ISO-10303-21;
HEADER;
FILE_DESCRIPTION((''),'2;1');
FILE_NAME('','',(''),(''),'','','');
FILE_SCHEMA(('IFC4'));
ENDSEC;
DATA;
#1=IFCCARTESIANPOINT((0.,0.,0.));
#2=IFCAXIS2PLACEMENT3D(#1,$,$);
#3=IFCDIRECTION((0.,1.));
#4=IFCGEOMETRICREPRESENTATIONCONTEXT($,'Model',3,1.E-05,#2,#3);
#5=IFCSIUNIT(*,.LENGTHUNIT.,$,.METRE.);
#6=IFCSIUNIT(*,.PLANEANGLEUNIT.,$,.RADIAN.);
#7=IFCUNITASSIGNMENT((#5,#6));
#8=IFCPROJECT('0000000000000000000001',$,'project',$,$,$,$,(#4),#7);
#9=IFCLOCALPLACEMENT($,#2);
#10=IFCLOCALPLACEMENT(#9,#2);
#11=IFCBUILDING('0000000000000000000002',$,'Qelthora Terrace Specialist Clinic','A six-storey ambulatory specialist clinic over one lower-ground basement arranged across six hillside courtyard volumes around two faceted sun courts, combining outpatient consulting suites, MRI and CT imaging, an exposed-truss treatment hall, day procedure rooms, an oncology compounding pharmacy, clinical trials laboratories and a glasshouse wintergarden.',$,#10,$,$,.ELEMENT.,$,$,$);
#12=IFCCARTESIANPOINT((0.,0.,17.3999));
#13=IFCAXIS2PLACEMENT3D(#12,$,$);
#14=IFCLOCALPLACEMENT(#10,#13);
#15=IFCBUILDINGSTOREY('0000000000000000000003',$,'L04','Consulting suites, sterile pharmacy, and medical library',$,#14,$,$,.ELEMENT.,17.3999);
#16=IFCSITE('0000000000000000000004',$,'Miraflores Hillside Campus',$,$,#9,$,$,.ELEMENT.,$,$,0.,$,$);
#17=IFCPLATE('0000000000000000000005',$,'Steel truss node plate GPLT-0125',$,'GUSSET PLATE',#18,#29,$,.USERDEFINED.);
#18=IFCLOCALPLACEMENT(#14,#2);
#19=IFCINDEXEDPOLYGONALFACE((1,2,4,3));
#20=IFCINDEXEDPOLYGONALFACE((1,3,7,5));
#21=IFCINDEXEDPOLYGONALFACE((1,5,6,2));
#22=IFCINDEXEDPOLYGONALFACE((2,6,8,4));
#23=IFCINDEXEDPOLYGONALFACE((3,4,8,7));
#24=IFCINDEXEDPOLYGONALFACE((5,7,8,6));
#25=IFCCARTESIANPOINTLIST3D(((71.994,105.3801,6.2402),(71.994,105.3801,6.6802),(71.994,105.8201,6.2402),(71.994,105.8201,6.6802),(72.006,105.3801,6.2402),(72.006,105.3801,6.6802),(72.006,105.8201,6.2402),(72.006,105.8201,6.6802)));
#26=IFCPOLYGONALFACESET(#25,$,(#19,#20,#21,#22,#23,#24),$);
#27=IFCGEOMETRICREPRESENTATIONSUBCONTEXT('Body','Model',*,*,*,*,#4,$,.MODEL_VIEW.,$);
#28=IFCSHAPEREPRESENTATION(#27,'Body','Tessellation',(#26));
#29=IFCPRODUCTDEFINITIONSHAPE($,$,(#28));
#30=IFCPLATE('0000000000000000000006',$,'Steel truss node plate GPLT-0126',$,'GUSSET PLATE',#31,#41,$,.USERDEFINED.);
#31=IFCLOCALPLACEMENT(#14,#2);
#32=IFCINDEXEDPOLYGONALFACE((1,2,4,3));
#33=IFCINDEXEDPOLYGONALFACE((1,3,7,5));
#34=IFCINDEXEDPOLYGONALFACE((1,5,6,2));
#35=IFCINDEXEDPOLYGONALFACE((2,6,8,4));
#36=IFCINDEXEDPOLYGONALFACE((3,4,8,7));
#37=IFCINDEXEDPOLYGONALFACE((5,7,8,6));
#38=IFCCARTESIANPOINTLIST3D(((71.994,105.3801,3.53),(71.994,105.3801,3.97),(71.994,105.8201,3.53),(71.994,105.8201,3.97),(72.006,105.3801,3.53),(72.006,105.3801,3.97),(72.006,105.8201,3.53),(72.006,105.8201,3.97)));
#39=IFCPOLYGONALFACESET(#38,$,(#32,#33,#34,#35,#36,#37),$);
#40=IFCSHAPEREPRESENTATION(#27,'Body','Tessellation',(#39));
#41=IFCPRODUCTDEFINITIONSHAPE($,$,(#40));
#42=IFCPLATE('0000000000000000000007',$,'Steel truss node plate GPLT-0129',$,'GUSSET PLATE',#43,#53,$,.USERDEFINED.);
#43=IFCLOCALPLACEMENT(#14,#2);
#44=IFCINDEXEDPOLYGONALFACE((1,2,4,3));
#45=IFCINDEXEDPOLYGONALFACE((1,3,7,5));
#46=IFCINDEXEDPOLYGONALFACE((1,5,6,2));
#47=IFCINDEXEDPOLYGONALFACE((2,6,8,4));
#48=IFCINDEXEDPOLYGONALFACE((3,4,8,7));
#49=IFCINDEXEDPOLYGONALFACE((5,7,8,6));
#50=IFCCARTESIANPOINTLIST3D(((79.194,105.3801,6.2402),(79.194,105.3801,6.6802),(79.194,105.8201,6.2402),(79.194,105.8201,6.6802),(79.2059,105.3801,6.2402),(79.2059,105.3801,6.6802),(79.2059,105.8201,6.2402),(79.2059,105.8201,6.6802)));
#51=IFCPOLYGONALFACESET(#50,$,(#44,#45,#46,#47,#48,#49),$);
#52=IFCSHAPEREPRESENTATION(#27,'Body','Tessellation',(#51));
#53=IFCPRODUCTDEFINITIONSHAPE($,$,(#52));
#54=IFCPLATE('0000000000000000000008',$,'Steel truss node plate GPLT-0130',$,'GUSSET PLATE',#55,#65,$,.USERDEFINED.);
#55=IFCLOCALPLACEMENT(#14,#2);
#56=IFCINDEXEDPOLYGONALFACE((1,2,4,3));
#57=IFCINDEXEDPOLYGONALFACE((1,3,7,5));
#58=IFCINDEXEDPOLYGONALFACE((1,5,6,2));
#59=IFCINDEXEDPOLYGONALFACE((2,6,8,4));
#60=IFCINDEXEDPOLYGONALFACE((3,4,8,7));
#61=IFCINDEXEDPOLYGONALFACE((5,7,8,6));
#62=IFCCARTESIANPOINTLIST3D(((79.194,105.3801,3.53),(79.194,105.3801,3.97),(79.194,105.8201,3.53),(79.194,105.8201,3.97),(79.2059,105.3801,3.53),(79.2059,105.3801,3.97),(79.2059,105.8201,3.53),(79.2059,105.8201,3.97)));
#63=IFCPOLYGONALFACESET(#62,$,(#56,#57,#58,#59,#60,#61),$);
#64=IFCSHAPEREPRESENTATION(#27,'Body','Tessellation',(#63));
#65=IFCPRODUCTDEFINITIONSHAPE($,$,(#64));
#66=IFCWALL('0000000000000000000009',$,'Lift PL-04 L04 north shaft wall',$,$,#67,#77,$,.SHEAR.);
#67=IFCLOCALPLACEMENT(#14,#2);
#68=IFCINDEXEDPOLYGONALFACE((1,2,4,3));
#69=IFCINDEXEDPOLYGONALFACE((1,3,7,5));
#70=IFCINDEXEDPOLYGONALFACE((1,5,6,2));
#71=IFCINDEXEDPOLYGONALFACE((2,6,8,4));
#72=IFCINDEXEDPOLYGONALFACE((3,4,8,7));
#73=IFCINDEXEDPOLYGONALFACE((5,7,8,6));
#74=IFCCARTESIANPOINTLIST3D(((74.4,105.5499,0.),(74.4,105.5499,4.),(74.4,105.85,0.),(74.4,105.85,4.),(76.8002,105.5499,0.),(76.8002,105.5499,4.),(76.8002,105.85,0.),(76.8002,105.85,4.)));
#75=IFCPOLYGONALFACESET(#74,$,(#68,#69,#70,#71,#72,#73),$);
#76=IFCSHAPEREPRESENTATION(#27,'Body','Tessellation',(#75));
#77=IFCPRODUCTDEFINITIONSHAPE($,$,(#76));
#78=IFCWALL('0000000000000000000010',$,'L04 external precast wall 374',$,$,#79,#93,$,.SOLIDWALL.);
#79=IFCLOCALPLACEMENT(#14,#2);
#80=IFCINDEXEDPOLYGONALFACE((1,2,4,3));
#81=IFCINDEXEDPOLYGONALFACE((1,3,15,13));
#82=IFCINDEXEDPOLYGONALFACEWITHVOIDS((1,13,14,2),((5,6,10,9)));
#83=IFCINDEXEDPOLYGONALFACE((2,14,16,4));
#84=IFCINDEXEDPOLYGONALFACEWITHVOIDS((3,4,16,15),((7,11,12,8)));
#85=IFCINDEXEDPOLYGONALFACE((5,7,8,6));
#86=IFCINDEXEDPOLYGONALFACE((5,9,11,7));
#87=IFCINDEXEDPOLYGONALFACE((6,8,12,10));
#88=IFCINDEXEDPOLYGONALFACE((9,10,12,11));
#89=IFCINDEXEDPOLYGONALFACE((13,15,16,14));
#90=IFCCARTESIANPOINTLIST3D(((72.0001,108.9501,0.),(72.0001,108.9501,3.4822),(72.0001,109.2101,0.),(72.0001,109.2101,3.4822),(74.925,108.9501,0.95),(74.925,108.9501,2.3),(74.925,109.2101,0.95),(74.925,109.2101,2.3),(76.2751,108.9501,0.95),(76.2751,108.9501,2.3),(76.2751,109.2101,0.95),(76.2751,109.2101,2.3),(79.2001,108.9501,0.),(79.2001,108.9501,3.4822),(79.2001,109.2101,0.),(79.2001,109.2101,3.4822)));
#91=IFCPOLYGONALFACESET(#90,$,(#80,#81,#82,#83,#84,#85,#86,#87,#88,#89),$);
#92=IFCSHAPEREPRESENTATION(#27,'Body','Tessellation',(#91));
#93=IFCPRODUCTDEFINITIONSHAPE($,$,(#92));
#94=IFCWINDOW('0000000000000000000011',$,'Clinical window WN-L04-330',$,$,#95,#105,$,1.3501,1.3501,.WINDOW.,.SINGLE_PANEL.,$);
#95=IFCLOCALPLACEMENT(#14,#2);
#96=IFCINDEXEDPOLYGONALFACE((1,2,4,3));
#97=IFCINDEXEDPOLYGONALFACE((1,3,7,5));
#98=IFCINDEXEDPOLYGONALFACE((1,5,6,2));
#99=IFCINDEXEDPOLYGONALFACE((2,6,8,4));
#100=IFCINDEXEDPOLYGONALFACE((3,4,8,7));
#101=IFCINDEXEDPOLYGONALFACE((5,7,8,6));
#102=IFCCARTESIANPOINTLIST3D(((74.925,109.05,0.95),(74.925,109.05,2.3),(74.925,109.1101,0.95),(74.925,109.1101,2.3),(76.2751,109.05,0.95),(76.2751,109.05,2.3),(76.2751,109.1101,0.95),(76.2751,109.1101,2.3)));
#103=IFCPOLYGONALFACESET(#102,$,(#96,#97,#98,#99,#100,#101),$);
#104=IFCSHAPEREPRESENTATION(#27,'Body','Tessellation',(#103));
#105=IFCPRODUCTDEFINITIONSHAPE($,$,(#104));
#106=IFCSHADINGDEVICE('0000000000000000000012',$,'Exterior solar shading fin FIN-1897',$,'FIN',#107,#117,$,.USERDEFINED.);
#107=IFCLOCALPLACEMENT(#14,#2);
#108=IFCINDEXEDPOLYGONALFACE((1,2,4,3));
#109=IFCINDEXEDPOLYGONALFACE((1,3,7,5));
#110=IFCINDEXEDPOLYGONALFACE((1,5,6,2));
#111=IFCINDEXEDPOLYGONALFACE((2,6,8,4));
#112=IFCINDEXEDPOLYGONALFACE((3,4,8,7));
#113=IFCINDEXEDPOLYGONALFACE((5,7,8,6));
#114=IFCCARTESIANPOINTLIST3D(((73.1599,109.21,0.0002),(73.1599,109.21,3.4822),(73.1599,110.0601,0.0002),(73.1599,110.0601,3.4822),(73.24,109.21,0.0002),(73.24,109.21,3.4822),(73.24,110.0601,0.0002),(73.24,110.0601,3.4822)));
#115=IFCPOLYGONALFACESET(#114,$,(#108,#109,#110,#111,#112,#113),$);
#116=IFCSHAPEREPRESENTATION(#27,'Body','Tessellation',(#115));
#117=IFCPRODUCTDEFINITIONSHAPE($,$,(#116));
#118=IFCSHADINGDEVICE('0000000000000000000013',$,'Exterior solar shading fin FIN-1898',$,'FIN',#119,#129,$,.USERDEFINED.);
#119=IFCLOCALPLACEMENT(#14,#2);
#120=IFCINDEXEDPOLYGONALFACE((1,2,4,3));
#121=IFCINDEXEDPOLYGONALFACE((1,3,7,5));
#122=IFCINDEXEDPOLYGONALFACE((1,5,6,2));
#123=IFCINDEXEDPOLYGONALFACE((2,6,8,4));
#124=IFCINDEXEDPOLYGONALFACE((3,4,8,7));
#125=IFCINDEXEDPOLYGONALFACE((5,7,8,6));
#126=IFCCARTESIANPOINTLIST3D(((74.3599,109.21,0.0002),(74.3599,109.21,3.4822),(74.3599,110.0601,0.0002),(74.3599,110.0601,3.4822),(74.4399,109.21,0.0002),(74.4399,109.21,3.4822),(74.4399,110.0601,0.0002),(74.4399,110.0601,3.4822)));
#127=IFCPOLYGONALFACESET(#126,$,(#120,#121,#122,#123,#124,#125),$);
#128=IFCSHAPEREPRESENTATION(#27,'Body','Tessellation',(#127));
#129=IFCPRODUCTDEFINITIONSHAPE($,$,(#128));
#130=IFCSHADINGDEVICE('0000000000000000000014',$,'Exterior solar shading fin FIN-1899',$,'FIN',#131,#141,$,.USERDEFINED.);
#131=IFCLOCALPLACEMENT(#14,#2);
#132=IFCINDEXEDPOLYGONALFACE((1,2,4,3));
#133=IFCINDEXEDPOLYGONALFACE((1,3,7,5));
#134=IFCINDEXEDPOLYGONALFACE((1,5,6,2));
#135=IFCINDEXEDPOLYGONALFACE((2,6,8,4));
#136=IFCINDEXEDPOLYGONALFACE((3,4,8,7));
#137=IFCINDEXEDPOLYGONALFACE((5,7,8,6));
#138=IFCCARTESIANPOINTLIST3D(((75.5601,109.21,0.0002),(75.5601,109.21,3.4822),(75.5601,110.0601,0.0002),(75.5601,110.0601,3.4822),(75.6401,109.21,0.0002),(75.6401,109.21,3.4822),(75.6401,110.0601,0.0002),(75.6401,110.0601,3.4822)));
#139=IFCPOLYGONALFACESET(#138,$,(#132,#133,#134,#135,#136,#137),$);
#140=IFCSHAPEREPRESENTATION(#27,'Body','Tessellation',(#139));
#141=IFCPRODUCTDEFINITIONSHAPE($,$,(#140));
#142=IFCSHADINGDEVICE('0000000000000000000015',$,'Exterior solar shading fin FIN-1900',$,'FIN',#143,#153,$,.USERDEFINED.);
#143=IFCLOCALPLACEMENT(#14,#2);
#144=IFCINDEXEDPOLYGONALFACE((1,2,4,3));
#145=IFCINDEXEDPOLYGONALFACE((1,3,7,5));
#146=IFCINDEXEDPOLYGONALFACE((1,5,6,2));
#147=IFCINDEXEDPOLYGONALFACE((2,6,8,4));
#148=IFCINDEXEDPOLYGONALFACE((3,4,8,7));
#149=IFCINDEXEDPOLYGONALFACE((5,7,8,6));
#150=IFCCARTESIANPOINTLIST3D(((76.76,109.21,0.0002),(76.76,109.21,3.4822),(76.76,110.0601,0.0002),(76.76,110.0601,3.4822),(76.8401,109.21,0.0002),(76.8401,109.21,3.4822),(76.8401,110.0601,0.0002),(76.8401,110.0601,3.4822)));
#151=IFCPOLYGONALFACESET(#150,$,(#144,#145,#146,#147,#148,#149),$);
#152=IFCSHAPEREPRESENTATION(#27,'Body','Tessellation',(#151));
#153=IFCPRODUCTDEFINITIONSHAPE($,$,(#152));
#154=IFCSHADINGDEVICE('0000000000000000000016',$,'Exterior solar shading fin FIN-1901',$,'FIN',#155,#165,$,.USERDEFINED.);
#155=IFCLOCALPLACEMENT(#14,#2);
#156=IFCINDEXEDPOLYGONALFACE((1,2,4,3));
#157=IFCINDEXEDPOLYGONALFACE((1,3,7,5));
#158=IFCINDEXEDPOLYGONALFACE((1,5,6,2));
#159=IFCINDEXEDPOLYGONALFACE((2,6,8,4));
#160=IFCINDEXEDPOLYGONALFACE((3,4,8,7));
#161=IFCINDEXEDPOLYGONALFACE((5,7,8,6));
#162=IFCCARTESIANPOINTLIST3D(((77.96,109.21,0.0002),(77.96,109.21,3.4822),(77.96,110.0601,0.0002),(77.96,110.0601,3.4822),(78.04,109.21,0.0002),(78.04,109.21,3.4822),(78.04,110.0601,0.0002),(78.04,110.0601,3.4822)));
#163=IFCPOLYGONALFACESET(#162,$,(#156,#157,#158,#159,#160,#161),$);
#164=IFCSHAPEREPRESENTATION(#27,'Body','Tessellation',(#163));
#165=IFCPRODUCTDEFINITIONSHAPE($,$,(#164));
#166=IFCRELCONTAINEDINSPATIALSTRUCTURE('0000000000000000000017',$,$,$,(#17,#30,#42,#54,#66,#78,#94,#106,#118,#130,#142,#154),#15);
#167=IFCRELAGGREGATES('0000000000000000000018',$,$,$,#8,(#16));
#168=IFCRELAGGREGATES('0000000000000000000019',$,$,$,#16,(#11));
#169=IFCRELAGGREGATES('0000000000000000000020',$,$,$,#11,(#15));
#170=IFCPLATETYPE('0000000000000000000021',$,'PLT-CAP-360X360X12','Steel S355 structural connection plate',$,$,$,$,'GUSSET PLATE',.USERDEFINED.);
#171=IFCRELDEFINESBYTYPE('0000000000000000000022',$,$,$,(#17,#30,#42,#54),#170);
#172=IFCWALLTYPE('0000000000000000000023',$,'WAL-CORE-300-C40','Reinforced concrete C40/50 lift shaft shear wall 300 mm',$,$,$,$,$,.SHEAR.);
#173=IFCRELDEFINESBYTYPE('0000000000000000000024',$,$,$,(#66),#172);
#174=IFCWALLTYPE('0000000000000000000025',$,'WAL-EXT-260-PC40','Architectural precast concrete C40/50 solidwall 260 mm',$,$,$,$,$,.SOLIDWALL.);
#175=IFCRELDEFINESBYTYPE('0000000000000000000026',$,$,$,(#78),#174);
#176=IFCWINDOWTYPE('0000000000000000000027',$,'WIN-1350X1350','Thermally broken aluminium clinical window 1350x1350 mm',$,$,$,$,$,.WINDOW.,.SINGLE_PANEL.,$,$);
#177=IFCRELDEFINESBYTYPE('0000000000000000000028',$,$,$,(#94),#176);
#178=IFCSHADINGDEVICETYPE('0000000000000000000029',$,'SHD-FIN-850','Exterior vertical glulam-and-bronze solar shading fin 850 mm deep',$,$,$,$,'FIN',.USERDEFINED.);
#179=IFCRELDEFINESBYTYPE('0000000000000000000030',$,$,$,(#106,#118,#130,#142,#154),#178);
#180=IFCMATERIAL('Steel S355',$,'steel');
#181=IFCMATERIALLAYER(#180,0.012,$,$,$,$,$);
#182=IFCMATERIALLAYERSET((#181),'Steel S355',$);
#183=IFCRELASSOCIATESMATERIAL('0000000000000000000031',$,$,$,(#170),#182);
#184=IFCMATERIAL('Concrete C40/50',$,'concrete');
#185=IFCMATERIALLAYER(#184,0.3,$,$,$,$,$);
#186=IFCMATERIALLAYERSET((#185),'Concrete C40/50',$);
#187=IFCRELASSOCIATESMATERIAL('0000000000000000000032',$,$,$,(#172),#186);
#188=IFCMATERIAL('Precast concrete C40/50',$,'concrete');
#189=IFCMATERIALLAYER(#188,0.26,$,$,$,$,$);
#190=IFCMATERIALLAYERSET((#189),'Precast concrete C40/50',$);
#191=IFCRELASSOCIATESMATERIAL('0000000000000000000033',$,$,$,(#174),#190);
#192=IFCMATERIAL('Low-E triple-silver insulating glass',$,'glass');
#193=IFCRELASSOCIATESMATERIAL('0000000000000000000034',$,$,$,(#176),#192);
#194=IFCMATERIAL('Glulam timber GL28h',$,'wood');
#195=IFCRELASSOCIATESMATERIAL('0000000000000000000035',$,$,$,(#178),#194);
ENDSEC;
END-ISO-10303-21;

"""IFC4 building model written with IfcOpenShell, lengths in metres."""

from ifc_helpers import new_model, si_unit, direction, frame, frame_2d, origin, origin_2d, place, context, subcontext, project, spatial, rectangle, extrude, material, layer, layer_set, type_object, element, fill, save


model = new_model("IFC4")

# Units and contexts
model_context = context("Model", 3, precision=1e-05, world=origin(), true_north=direction((0.0, 1.0)))
body_context = subcontext(model_context, "Body", "Model", "MODEL_VIEW")
ifc_project = project(units=[si_unit("LENGTHUNIT", "METRE"), si_unit("PLANEANGLEUNIT", "RADIAN")], contexts=[model_context])

# Site, building, storey
site_placement = place(None, origin())
site = spatial("IfcSite", under=ifc_project, at=site_placement, Name="Miraflores Hillside Campus", CompositionType="ELEMENT", RefElevation=0.0)
building_placement = place(site_placement, origin())
building = spatial("IfcBuilding", under=site, at=building_placement, Name="Qelthora Terrace Specialist Clinic", Description="A six-storey ambulatory specialist clinic over one lower-ground basement arranged across six hillside courtyard volumes around two faceted sun courts, combining outpatient consulting suites, MRI and CT imaging, an exposed-truss treatment hall, day procedure rooms, an oncology compounding pharmacy, clinical trials laboratories and a glasshouse wintergarden.", CompositionType="ELEMENT")
storey_placement = place(building_placement, frame((0.0, 0.0, 17.3999)))
storey = spatial("IfcBuildingStorey", under=building, at=storey_placement, Name="L04", Description="Consulting suites, sterile pharmacy, and medical library", CompositionType="ELEMENT", Elevation=17.3999)

# Shared definitions
ifc_material_1 = material(Name="Steel S355", Category="steel")

# Plates
ifc_layer_1 = layer(ifc_material_1, 0.012)
ifc_layer_set_1 = layer_set([ifc_layer_1], Name="Steel S355")
plate_type = type_object("IfcPlateType", Name="PLT-CAP-360X360X12", Description="Steel S355 structural connection plate", ElementType="GUSSET PLATE", PredefinedType="USERDEFINED", material=ifc_layer_set_1)
for number, where, z_axis, x_axis, name in (
    (1, (72.0, 105.6001, 6.2402), (0.0, 0.0, 1.0), (1.0, 0.0, 0.0), "Steel truss node plate GPLT-0125"),
    (2, (72.0, 105.6001, 3.53), (0.0, 0.0, 1.0), (1.0, 0.0, 0.0), "Steel truss node plate GPLT-0126"),
    (3, (79.2, 105.6001, 6.2402), (0.0, 0.0, 1.0), (1.0, 0.0, 0.0), "Steel truss node plate GPLT-0129"),
    (4, (79.2, 105.6001, 3.53), (0.0, 0.0, 1.0), (1.0, 0.0, 0.0), "Steel truss node plate GPLT-0130"),
):
    element("IfcPlate", number, at=place(storey_placement, frame(where, z_axis=z_axis, x_axis=x_axis)), inside=storey, type_object=plate_type, Name=name, ObjectType="GUSSET PLATE", PredefinedType="USERDEFINED", context=body_context, shape_type="SweptSolid", body=[
        extrude(rectangle(XDim=0.012, YDim=0.4399, at=origin_2d()), origin(), (0.0, 0.0, 1.0), 0.4399),
    ])

# Wall
ifc_material_2 = material(Name="Concrete C40/50", Category="concrete")
ifc_layer_2 = layer(ifc_material_2, 0.3)
ifc_layer_set_2 = layer_set([ifc_layer_2], Name="Concrete C40/50")
wall_type_1 = type_object("IfcWallType", Name="WAL-CORE-300-C40", Description="Reinforced concrete C40/50 lift shaft shear wall 300 mm", PredefinedType="SHEAR", material=ifc_layer_set_2)
wall_1_placement = place(storey_placement, frame((74.3999, 105.7, 0.0), z_axis=(0.0, 0.0, 1.0), x_axis=(1.0, 0.0, 0.0)))
element("IfcWall", 5, at=wall_1_placement, inside=storey, type_object=wall_type_1, Name="Lift PL-04 L04 north shaft wall", PredefinedType="SHEAR", context=body_context, shape_type="SweptSolid", body=[
    extrude(rectangle(XDim=2.4001, YDim=0.3, at=frame_2d((1.2002, 0.0))), origin(), (0.0, 0.0, 1.0), 4.0),
])

# Wall, opening, window
ifc_material_3 = material(Name="Precast concrete C40/50", Category="concrete")
ifc_layer_3 = layer(ifc_material_3, 0.26)
ifc_layer_set_3 = layer_set([ifc_layer_3], Name="Precast concrete C40/50")
wall_type_2 = type_object("IfcWallType", Name="WAL-EXT-260-PC40", Description="Architectural precast concrete C40/50 solidwall 260 mm", PredefinedType="SOLIDWALL", material=ifc_layer_set_3)
wall_2_placement = place(storey_placement, frame((72.0, 109.0801, 0.0), z_axis=(0.0, 0.0, 1.0), x_axis=(1.0, 0.0, 0.0)))
wall_2 = element("IfcWall", 6, at=wall_2_placement, inside=storey, type_object=wall_type_2, Name="L04 external precast wall 374", PredefinedType="SOLIDWALL", context=body_context, shape_type="SweptSolid", body=[
    extrude(rectangle(XDim=7.2, YDim=0.26, at=frame_2d((3.6001, 0.0))), origin(), (0.0, 0.0, 1.0), 3.4822),
])
opening_1_placement = place(wall_2_placement, frame((2.925, 0.0, 0.95)))
opening_1 = element("IfcOpeningElement", 7, at=opening_1_placement, cuts=wall_2, PredefinedType="OPENING", context=body_context, shape_type="SweptSolid", body=[
    extrude(rectangle(XDim=1.3501, YDim=1.3501, at=frame_2d((0.675, 0.675))), frame((0.0, 0.1399, 0.0), z_axis=(0.0, -1.0, 0.0), x_axis=(1.0, 0.0, 0.0)), (0.0, 0.0, 1.0), 0.28),
])
ifc_material_4 = material(Name="Low-E triple-silver insulating glass", Category="glass")
window_type = type_object("IfcWindowType", Name="WIN-1350X1350", Description="Thermally broken aluminium clinical window 1350x1350 mm", PartitioningType="SINGLE_PANEL", PredefinedType="WINDOW", material=ifc_material_4)
window_placement = place(opening_1_placement, origin())
window = element("IfcWindow", 8, at=window_placement, inside=storey, type_object=window_type, Name="Clinical window WN-L04-330", OverallHeight=1.3501, OverallWidth=1.3501, PartitioningType="SINGLE_PANEL", PredefinedType="WINDOW", context=body_context, shape_type="SweptSolid", body=[
    extrude(rectangle(XDim=1.3501, YDim=1.3501, at=frame_2d((0.675, 0.675))), frame((0.0, 0.03, 0.0), z_axis=(0.0, -1.0, 0.0), x_axis=(1.0, 0.0, 0.0)), (0.0, 0.0, 1.0), 0.0601),
])
fill(opening_1, window)

# Shading devices
ifc_material_5 = material(Name="Glulam timber GL28h", Category="wood")
shading_device_type = type_object("IfcShadingDeviceType", Name="SHD-FIN-850", Description="Exterior vertical glulam-and-bronze solar shading fin 850 mm deep", ElementType="FIN", PredefinedType="USERDEFINED", material=ifc_material_5)
for number, where, z_axis, x_axis, name in (
    (9, (73.2, 109.635, 0.0002), (0.0, 0.0, 1.0), (0.0, 1.0, 0.0), "Exterior solar shading fin FIN-1897"),
    (10, (74.3999, 109.635, 0.0002), (0.0, 0.0, 1.0), (0.0, 1.0, 0.0), "Exterior solar shading fin FIN-1898"),
    (11, (75.6001, 109.635, 0.0002), (0.0, 0.0, 1.0), (0.0, 1.0, 0.0), "Exterior solar shading fin FIN-1899"),
    (12, (76.8, 109.635, 0.0002), (0.0, 0.0, 1.0), (0.0, 1.0, 0.0), "Exterior solar shading fin FIN-1900"),
    (13, (78.0, 109.635, 0.0002), (0.0, 0.0, 1.0), (0.0, 1.0, 0.0), "Exterior solar shading fin FIN-1901"),
):
    element("IfcShadingDevice", number, at=place(storey_placement, frame(where, z_axis=z_axis, x_axis=x_axis)), inside=storey, type_object=shading_device_type, Name=name, ObjectType="FIN", PredefinedType="USERDEFINED", context=body_context, shape_type="SweptSolid", body=[
        extrude(rectangle(XDim=0.8501, YDim=0.0801, at=origin_2d()), origin(), (0.0, 0.0, 1.0), 3.4819),
    ])

save(model, "model.ifc")
